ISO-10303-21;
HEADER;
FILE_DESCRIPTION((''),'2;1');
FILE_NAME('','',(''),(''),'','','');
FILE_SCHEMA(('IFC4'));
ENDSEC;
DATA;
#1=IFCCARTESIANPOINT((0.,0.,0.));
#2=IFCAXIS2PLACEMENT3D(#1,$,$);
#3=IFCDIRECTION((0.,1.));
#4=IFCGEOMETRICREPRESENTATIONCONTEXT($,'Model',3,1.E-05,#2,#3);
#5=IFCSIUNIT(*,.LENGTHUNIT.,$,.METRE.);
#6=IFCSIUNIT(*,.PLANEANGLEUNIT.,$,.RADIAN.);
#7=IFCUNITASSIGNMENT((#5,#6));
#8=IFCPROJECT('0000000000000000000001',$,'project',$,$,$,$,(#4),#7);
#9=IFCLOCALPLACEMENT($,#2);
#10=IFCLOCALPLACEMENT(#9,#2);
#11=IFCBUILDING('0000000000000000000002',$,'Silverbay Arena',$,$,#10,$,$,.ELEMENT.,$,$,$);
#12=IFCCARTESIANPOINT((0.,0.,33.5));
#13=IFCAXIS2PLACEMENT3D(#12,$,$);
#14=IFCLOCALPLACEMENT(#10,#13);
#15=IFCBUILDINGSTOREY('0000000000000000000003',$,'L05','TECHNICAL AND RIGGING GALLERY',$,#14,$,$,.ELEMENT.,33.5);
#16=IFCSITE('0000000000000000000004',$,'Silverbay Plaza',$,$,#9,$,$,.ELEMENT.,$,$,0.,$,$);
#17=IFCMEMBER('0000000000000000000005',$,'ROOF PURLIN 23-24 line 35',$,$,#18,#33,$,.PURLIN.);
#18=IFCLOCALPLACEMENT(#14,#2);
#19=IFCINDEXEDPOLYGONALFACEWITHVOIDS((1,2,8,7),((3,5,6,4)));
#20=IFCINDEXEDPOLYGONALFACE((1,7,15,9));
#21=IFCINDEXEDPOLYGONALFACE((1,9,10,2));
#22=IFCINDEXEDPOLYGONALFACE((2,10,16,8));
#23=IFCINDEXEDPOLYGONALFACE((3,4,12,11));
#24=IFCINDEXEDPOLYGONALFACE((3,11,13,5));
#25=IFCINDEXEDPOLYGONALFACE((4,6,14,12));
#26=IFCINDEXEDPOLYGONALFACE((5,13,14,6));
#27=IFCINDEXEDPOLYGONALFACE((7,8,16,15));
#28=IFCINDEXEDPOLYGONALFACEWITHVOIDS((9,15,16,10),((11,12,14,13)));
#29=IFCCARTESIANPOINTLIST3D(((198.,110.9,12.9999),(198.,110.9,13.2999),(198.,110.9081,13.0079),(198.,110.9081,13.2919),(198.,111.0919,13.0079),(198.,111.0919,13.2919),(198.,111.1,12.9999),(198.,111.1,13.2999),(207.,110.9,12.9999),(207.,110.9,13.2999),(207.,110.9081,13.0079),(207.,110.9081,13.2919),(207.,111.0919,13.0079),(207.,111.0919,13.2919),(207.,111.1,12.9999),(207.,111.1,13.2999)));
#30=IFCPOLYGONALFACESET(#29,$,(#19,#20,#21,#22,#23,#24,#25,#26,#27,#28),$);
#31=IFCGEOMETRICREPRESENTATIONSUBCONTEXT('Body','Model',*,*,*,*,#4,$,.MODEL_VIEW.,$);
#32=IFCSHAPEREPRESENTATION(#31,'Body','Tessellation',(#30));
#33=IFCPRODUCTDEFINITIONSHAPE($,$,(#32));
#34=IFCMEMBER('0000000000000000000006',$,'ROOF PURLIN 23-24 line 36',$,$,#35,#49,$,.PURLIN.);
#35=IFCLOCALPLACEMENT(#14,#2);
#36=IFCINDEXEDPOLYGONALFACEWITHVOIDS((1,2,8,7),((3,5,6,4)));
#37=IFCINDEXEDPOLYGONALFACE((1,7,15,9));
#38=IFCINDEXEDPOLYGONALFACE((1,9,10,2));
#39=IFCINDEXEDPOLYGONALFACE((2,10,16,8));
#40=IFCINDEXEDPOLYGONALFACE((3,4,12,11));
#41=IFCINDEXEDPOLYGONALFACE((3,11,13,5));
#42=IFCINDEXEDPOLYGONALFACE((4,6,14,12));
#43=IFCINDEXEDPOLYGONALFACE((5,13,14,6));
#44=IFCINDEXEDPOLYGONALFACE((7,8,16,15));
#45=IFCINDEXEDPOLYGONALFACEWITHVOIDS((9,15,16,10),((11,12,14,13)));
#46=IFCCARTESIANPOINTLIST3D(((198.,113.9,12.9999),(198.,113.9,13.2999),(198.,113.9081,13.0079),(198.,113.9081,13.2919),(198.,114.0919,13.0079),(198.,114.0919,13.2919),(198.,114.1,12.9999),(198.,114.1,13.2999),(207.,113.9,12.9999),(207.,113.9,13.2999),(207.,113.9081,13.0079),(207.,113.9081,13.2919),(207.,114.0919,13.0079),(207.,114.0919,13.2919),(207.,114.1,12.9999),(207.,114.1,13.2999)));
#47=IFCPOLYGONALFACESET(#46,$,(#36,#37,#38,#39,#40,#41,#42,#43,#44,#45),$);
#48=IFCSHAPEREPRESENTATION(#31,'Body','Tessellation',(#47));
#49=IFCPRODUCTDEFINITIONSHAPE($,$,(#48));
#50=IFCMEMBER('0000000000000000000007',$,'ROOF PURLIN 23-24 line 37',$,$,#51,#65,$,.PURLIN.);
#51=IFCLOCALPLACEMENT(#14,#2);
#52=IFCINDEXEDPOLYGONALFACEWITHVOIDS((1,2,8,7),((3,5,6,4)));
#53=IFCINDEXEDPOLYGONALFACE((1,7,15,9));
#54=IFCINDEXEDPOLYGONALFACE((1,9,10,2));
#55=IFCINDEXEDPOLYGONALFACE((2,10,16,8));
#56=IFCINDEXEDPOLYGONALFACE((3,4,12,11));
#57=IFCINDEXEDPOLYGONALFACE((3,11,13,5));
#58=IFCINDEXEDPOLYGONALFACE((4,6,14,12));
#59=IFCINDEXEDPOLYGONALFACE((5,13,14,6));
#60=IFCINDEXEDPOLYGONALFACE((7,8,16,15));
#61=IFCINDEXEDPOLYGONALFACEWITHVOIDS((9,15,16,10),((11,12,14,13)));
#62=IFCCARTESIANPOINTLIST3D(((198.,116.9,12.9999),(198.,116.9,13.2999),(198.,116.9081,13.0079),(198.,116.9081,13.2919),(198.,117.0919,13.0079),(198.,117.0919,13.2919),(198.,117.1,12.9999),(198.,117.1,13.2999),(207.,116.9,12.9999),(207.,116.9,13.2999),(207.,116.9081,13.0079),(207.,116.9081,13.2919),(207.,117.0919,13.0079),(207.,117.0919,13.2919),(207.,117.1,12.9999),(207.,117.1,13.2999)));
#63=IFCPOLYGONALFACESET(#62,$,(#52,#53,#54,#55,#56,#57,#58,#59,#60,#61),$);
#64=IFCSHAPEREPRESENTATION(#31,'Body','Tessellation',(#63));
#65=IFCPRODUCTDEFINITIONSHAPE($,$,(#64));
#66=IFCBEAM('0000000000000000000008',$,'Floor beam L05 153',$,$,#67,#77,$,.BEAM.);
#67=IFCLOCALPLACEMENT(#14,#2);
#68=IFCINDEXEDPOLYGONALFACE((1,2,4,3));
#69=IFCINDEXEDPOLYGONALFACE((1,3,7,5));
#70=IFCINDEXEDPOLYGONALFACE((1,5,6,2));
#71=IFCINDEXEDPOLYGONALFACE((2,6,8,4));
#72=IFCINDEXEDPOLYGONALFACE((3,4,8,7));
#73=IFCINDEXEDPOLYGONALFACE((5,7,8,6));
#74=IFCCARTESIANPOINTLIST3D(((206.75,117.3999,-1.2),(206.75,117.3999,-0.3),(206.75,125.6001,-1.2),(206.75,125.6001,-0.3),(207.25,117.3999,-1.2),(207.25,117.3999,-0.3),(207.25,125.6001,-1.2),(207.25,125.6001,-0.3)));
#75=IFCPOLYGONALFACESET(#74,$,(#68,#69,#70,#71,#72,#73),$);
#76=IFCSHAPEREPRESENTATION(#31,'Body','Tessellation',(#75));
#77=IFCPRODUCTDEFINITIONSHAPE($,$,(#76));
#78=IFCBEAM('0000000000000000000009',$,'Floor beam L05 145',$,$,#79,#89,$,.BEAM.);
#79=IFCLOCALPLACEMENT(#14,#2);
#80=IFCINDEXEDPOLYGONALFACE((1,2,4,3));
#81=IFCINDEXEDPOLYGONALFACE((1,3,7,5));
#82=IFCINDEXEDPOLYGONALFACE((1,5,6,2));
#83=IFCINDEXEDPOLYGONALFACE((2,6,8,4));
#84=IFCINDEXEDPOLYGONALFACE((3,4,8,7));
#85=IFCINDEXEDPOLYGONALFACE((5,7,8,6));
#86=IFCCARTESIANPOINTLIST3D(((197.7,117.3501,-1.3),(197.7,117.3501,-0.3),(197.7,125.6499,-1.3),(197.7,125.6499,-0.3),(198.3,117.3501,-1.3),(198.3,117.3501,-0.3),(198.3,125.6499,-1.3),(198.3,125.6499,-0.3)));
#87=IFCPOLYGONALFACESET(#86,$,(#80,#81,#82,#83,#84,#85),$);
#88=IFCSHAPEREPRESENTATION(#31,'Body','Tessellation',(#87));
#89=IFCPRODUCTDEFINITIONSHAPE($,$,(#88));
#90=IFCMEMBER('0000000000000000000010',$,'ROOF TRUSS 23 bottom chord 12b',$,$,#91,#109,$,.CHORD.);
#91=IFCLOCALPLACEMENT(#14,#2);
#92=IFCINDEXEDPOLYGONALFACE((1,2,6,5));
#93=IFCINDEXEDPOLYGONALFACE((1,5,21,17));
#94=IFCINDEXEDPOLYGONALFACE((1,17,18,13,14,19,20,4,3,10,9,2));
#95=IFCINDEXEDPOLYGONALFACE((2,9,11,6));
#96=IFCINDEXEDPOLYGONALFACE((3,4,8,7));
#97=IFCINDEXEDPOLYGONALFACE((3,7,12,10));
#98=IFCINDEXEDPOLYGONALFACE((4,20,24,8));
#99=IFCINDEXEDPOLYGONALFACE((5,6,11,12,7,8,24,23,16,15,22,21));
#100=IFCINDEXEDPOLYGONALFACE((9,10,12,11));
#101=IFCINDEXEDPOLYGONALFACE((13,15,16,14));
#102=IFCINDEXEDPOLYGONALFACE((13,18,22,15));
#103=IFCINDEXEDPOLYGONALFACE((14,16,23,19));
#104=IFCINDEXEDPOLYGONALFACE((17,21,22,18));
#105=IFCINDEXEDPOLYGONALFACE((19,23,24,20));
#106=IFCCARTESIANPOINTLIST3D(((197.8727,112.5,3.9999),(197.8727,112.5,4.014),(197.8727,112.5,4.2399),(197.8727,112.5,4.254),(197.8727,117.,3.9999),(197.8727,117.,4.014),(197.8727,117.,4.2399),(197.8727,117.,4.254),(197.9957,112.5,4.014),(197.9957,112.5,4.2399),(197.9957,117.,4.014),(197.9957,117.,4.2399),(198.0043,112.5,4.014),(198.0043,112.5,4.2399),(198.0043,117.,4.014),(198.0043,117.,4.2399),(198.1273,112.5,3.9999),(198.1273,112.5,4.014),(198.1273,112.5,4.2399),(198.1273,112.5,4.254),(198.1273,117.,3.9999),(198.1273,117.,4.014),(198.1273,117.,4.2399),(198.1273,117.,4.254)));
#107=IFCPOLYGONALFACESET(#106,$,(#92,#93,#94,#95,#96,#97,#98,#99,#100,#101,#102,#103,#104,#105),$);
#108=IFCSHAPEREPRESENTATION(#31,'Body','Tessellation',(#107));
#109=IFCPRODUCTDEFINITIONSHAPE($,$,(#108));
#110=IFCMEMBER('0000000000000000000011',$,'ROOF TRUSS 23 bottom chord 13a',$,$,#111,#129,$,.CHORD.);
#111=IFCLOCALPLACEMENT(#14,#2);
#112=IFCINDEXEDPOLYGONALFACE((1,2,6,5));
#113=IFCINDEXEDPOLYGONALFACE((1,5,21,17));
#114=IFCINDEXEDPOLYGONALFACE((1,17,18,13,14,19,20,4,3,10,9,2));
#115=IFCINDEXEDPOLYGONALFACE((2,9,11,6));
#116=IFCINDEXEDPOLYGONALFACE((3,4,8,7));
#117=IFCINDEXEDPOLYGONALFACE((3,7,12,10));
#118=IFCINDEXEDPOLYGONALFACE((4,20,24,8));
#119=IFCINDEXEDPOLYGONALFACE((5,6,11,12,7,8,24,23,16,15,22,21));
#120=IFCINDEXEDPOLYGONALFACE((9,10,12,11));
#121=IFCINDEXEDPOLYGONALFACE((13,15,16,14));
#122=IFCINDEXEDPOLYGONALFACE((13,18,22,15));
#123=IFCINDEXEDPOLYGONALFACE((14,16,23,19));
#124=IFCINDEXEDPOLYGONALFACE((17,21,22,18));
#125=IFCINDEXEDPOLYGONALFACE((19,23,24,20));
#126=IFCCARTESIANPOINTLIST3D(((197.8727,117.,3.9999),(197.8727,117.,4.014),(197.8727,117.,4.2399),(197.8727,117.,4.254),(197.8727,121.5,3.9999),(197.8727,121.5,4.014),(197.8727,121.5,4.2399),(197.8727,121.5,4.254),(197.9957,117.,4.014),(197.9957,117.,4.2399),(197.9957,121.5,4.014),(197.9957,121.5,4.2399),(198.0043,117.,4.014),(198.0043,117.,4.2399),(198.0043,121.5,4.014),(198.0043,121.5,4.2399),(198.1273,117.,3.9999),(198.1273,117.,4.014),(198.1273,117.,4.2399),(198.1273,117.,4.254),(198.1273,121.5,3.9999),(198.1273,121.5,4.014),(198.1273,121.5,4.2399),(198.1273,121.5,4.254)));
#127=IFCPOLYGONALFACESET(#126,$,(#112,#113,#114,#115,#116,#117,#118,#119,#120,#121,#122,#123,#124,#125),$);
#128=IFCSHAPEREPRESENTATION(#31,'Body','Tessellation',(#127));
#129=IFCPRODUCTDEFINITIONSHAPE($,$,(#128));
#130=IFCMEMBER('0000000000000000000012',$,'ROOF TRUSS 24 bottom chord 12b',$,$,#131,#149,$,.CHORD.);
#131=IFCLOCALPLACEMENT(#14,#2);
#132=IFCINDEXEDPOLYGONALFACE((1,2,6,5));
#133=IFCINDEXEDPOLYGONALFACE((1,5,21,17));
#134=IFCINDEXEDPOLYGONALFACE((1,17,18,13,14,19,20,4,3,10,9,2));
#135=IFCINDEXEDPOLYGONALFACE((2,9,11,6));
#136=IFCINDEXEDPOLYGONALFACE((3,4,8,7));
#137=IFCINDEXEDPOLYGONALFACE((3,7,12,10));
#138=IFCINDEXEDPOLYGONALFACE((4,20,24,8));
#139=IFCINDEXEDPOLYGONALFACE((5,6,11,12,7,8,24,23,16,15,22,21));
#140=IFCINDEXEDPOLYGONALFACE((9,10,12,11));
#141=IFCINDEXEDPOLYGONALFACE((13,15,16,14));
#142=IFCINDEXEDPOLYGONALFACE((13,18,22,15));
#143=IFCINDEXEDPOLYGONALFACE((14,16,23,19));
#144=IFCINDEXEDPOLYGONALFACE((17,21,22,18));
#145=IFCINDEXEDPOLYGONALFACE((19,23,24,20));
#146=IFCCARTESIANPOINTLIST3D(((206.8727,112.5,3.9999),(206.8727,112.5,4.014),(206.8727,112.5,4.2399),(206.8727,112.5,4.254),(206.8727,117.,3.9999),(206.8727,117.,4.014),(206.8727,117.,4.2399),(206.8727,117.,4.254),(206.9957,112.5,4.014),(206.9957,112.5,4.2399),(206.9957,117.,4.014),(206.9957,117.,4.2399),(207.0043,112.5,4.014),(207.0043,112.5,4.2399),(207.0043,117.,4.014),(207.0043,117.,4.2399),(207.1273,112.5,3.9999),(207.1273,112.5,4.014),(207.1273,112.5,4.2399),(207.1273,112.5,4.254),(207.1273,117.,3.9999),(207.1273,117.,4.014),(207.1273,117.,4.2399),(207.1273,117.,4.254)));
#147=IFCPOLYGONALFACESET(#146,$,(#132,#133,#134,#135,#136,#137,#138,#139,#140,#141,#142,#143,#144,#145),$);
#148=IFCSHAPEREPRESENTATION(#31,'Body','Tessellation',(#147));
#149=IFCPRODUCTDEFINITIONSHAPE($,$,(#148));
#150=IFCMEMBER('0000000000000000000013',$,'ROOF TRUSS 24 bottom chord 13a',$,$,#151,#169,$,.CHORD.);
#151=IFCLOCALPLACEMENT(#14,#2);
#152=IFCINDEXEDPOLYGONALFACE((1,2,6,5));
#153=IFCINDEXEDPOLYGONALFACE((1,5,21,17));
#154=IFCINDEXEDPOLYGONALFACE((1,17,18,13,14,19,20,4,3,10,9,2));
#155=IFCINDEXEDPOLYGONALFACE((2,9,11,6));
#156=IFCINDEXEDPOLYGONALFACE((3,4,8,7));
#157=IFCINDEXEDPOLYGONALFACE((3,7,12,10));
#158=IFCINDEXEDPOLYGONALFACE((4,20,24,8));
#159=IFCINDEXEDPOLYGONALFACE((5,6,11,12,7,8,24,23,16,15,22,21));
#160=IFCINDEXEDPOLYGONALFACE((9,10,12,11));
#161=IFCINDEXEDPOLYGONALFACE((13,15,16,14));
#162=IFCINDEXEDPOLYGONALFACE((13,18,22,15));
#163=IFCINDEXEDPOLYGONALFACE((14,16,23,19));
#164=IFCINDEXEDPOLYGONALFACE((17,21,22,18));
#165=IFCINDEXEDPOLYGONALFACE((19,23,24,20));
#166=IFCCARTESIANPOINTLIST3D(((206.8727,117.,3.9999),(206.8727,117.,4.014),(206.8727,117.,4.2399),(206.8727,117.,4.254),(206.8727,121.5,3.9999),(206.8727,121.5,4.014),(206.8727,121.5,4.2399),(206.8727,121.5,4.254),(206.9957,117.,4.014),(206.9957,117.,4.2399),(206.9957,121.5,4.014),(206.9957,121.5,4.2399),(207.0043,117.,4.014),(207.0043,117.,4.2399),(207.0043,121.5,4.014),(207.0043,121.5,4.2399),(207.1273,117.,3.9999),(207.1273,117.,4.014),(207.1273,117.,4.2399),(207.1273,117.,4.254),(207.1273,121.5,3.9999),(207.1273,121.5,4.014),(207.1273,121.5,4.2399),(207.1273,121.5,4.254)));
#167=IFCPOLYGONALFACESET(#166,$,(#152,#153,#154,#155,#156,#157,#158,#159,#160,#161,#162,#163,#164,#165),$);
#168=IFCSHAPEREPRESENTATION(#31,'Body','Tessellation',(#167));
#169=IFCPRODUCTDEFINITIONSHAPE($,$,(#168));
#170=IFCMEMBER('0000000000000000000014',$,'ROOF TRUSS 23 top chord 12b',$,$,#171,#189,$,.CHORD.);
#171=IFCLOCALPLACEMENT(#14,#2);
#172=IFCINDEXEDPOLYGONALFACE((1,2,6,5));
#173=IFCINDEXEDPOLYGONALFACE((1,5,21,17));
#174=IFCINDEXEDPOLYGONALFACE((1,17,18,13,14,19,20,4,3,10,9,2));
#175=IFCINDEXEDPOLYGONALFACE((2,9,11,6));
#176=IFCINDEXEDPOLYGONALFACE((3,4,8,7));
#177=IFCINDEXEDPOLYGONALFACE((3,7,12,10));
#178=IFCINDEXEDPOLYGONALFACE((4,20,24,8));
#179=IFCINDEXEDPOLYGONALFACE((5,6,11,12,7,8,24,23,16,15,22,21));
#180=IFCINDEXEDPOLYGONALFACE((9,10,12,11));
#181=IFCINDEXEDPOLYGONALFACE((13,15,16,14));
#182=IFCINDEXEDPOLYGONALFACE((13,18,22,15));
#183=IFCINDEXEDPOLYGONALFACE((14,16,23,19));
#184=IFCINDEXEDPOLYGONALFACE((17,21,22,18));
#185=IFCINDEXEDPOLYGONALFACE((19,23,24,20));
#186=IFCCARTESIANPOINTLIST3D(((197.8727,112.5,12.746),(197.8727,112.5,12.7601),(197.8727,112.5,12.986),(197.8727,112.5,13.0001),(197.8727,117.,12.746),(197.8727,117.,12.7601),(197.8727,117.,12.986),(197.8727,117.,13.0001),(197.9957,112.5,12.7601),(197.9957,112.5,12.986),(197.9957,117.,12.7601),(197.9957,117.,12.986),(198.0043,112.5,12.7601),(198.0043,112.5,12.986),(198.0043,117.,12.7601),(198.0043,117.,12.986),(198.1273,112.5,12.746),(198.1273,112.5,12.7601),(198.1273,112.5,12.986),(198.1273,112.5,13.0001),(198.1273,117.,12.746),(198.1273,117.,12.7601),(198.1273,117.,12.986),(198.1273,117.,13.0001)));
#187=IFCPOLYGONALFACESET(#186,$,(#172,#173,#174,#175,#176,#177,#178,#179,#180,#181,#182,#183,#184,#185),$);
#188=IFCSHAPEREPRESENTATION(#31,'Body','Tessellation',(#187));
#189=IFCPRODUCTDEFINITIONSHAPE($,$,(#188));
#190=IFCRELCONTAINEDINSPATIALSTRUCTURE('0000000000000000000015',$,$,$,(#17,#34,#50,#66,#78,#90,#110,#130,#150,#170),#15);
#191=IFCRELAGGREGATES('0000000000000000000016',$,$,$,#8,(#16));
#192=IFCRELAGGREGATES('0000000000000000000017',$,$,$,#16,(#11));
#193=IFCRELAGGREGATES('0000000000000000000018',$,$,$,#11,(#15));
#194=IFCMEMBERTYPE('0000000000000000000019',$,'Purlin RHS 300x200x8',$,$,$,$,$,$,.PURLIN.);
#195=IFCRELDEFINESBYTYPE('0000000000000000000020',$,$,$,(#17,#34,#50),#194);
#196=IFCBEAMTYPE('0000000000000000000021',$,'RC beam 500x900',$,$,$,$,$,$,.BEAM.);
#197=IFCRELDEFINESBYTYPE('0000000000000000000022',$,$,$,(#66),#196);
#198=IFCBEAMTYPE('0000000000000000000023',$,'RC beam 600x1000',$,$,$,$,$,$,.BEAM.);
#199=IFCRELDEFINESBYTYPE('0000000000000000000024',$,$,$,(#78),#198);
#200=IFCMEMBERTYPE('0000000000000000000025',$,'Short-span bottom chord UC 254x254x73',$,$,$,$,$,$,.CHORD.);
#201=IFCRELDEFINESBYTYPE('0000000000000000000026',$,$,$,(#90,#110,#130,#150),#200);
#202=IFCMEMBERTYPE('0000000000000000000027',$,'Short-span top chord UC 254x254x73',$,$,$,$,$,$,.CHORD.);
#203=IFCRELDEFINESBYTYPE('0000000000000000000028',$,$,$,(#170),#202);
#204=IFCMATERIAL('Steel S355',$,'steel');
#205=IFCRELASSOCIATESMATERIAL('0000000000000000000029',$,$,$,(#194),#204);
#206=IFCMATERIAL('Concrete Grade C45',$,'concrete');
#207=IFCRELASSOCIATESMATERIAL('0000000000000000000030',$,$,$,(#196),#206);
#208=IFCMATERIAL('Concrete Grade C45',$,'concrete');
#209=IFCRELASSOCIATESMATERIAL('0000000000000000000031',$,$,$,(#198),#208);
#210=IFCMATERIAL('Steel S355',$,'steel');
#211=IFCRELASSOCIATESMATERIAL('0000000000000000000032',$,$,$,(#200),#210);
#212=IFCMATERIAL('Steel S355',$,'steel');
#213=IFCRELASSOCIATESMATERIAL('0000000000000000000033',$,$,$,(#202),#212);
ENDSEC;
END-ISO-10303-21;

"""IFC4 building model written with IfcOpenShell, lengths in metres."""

from ifc_helpers import new_model, si_unit, direction, frame, origin, origin_2d, place, context, subcontext, project, spatial, rectangle, hollow_rectangle, i_section, extrude, material, material_profile, profile_set, type_object, element, save


model = new_model("IFC4")

# Units and contexts
model_context = context("Model", 3, precision=1e-05, world=origin(), true_north=direction((0.0, 1.0)))
body_context = subcontext(model_context, "Body", "Model", "MODEL_VIEW")
ifc_project = project(units=[si_unit("LENGTHUNIT", "METRE"), si_unit("PLANEANGLEUNIT", "RADIAN")], contexts=[model_context])

# Site, building, storey
site_placement = place(None, origin())
site = spatial("IfcSite", under=ifc_project, at=site_placement, Name="Silverbay Plaza", CompositionType="ELEMENT", RefElevation=0.0)
building_placement = place(site_placement, origin())
building = spatial("IfcBuilding", under=site, at=building_placement, Name="Silverbay Arena", CompositionType="ELEMENT")
storey_placement = place(building_placement, frame((0.0, 0.0, 33.5)))
storey = spatial("IfcBuildingStorey", under=building, at=storey_placement, Name="L05", Description="TECHNICAL AND RIGGING GALLERY", CompositionType="ELEMENT", Elevation=33.5)

# Members
ifc_material_1 = material(Name="Steel S355", Category="steel")
ifc_material_profile_1 = material_profile(ifc_material_1, hollow_rectangle(XDim=0.2, YDim=0.3, WallThickness=0.0081, at=origin_2d()), Name="RHS 300x200x8")
ifc_profile_set_1 = profile_set([ifc_material_profile_1], Name="Steel S355")
member_type_1 = type_object("IfcMemberType", Name="Purlin RHS 300x200x8", PredefinedType="PURLIN", material=ifc_profile_set_1)
for number, where, z_axis, x_axis, name in (
    (1, (198.0, 111.0, 13.1499), (1.0, 0.0, 0.0), (0.0, 1.0, 0.0), "ROOF PURLIN 23-24 line 35"),
    (2, (198.0, 114.0, 13.1499), (1.0, 0.0, 0.0), (0.0, 1.0, 0.0), "ROOF PURLIN 23-24 line 36"),
    (3, (198.0, 117.0, 13.1499), (1.0, 0.0, 0.0), (0.0, 1.0, 0.0), "ROOF PURLIN 23-24 line 37"),
):
    element("IfcMember", number, at=place(storey_placement, frame(where, z_axis=z_axis, x_axis=x_axis)), inside=storey, type_object=member_type_1, Name=name, PredefinedType="PURLIN", context=body_context, shape_type="SweptSolid", body=[
        extrude(hollow_rectangle(XDim=0.2, YDim=0.3, WallThickness=0.0081, at=origin_2d()), origin(), (0.0, 0.0, 1.0), 9.0),
    ])

# Beams
ifc_material_2 = material(Name="Concrete Grade C45", Category="concrete")
ifc_material_profile_2 = material_profile(ifc_material_2, rectangle(XDim=0.5, YDim=0.8999, at=origin_2d()), Name="RC 500x900")
ifc_profile_set_2 = profile_set([ifc_material_profile_2], Name="Concrete Grade C45")
beam_type_1 = type_object("IfcBeamType", Name="RC beam 500x900", PredefinedType="BEAM", material=ifc_profile_set_2)
beam_1_placement = place(storey_placement, frame((207.0, 117.3999, -0.75), z_axis=(0.0, 1.0, 0.0), x_axis=(-1.0, 0.0, 0.0)))
element("IfcBeam", 4, at=beam_1_placement, inside=storey, type_object=beam_type_1, Name="Floor beam L05 153", PredefinedType="BEAM", context=body_context, shape_type="SweptSolid", body=[
    extrude(rectangle(XDim=0.5, YDim=0.8999, at=origin_2d()), origin(), (0.0, 0.0, 1.0), 8.2002),
])
ifc_material_3 = material(Name="Concrete Grade C45", Category="concrete")
ifc_material_profile_3 = material_profile(ifc_material_3, rectangle(XDim=0.6001, YDim=1.0, at=origin_2d()), Name="RC 600x1000")
ifc_profile_set_3 = profile_set([ifc_material_profile_3], Name="Concrete Grade C45")
beam_type_2 = type_object("IfcBeamType", Name="RC beam 600x1000", PredefinedType="BEAM", material=ifc_profile_set_3)
beam_2_placement = place(storey_placement, frame((198.0, 117.3501, -0.8), z_axis=(0.0, 1.0, 0.0), x_axis=(-1.0, 0.0, 0.0)))
element("IfcBeam", 5, at=beam_2_placement, inside=storey, type_object=beam_type_2, Name="Floor beam L05 145", PredefinedType="BEAM", context=body_context, shape_type="SweptSolid", body=[
    extrude(rectangle(XDim=0.6001, YDim=1.0, at=origin_2d()), origin(), (0.0, 0.0, 1.0), 8.2998),
])

# Members
ifc_material_4 = material(Name="Steel S355", Category="steel")
ifc_material_profile_4 = material_profile(ifc_material_4, i_section(OverallWidth=0.2546, OverallDepth=0.2542, WebThickness=0.0085, FlangeThickness=0.0142, at=origin_2d()), Name="UC 254x254x73")
ifc_profile_set_4 = profile_set([ifc_material_profile_4], Name="Steel S355")
member_type_2 = type_object("IfcMemberType", Name="Short-span bottom chord UC 254x254x73", PredefinedType="CHORD", material=ifc_profile_set_4)
for number, where, z_axis, x_axis, name in (
    (6, (198.0, 112.5, 4.127), (0.0, 1.0, 0.0), (-1.0, 0.0, 0.0), "ROOF TRUSS 23 bottom chord 12b"),
    (7, (198.0, 117.0, 4.127), (0.0, 1.0, 0.0), (-1.0, 0.0, 0.0), "ROOF TRUSS 23 bottom chord 13a"),
    (8, (207.0, 112.5, 4.127), (0.0, 1.0, 0.0), (-1.0, 0.0, 0.0), "ROOF TRUSS 24 bottom chord 12b"),
    (9, (207.0, 117.0, 4.127), (0.0, 1.0, 0.0), (-1.0, 0.0, 0.0), "ROOF TRUSS 24 bottom chord 13a"),
):
    element("IfcMember", number, at=place(storey_placement, frame(where, z_axis=z_axis, x_axis=x_axis)), inside=storey, type_object=member_type_2, Name=name, PredefinedType="CHORD", context=body_context, shape_type="SweptSolid", body=[
        extrude(i_section(OverallWidth=0.2546, OverallDepth=0.2542, WebThickness=0.0085, FlangeThickness=0.0142, at=origin_2d()), origin(), (0.0, 0.0, 1.0), 4.5),
    ])
ifc_material_5 = material(Name="Steel S355", Category="steel")
ifc_material_profile_5 = material_profile(ifc_material_5, i_section(OverallWidth=0.2546, OverallDepth=0.2542, WebThickness=0.0085, FlangeThickness=0.0142, at=origin_2d()), Name="UC 254x254x73")
ifc_profile_set_5 = profile_set([ifc_material_profile_5], Name="Steel S355")
member_type_3 = type_object("IfcMemberType", Name="Short-span top chord UC 254x254x73", PredefinedType="CHORD", material=ifc_profile_set_5)
for number, where, z_axis, x_axis, name in (
    (10, (198.0, 112.5, 12.873), (0.0, 1.0, 0.0), (-1.0, 0.0, 0.0), "ROOF TRUSS 23 top chord 12b"),
):
    element("IfcMember", number, at=place(storey_placement, frame(where, z_axis=z_axis, x_axis=x_axis)), inside=storey, type_object=member_type_3, Name=name, PredefinedType="CHORD", context=body_context, shape_type="SweptSolid", body=[
        extrude(i_section(OverallWidth=0.2546, OverallDepth=0.2542, WebThickness=0.0085, FlangeThickness=0.0142, at=origin_2d()), origin(), (0.0, 0.0, 1.0), 4.5),
    ])

save(model, "model.ifc")
